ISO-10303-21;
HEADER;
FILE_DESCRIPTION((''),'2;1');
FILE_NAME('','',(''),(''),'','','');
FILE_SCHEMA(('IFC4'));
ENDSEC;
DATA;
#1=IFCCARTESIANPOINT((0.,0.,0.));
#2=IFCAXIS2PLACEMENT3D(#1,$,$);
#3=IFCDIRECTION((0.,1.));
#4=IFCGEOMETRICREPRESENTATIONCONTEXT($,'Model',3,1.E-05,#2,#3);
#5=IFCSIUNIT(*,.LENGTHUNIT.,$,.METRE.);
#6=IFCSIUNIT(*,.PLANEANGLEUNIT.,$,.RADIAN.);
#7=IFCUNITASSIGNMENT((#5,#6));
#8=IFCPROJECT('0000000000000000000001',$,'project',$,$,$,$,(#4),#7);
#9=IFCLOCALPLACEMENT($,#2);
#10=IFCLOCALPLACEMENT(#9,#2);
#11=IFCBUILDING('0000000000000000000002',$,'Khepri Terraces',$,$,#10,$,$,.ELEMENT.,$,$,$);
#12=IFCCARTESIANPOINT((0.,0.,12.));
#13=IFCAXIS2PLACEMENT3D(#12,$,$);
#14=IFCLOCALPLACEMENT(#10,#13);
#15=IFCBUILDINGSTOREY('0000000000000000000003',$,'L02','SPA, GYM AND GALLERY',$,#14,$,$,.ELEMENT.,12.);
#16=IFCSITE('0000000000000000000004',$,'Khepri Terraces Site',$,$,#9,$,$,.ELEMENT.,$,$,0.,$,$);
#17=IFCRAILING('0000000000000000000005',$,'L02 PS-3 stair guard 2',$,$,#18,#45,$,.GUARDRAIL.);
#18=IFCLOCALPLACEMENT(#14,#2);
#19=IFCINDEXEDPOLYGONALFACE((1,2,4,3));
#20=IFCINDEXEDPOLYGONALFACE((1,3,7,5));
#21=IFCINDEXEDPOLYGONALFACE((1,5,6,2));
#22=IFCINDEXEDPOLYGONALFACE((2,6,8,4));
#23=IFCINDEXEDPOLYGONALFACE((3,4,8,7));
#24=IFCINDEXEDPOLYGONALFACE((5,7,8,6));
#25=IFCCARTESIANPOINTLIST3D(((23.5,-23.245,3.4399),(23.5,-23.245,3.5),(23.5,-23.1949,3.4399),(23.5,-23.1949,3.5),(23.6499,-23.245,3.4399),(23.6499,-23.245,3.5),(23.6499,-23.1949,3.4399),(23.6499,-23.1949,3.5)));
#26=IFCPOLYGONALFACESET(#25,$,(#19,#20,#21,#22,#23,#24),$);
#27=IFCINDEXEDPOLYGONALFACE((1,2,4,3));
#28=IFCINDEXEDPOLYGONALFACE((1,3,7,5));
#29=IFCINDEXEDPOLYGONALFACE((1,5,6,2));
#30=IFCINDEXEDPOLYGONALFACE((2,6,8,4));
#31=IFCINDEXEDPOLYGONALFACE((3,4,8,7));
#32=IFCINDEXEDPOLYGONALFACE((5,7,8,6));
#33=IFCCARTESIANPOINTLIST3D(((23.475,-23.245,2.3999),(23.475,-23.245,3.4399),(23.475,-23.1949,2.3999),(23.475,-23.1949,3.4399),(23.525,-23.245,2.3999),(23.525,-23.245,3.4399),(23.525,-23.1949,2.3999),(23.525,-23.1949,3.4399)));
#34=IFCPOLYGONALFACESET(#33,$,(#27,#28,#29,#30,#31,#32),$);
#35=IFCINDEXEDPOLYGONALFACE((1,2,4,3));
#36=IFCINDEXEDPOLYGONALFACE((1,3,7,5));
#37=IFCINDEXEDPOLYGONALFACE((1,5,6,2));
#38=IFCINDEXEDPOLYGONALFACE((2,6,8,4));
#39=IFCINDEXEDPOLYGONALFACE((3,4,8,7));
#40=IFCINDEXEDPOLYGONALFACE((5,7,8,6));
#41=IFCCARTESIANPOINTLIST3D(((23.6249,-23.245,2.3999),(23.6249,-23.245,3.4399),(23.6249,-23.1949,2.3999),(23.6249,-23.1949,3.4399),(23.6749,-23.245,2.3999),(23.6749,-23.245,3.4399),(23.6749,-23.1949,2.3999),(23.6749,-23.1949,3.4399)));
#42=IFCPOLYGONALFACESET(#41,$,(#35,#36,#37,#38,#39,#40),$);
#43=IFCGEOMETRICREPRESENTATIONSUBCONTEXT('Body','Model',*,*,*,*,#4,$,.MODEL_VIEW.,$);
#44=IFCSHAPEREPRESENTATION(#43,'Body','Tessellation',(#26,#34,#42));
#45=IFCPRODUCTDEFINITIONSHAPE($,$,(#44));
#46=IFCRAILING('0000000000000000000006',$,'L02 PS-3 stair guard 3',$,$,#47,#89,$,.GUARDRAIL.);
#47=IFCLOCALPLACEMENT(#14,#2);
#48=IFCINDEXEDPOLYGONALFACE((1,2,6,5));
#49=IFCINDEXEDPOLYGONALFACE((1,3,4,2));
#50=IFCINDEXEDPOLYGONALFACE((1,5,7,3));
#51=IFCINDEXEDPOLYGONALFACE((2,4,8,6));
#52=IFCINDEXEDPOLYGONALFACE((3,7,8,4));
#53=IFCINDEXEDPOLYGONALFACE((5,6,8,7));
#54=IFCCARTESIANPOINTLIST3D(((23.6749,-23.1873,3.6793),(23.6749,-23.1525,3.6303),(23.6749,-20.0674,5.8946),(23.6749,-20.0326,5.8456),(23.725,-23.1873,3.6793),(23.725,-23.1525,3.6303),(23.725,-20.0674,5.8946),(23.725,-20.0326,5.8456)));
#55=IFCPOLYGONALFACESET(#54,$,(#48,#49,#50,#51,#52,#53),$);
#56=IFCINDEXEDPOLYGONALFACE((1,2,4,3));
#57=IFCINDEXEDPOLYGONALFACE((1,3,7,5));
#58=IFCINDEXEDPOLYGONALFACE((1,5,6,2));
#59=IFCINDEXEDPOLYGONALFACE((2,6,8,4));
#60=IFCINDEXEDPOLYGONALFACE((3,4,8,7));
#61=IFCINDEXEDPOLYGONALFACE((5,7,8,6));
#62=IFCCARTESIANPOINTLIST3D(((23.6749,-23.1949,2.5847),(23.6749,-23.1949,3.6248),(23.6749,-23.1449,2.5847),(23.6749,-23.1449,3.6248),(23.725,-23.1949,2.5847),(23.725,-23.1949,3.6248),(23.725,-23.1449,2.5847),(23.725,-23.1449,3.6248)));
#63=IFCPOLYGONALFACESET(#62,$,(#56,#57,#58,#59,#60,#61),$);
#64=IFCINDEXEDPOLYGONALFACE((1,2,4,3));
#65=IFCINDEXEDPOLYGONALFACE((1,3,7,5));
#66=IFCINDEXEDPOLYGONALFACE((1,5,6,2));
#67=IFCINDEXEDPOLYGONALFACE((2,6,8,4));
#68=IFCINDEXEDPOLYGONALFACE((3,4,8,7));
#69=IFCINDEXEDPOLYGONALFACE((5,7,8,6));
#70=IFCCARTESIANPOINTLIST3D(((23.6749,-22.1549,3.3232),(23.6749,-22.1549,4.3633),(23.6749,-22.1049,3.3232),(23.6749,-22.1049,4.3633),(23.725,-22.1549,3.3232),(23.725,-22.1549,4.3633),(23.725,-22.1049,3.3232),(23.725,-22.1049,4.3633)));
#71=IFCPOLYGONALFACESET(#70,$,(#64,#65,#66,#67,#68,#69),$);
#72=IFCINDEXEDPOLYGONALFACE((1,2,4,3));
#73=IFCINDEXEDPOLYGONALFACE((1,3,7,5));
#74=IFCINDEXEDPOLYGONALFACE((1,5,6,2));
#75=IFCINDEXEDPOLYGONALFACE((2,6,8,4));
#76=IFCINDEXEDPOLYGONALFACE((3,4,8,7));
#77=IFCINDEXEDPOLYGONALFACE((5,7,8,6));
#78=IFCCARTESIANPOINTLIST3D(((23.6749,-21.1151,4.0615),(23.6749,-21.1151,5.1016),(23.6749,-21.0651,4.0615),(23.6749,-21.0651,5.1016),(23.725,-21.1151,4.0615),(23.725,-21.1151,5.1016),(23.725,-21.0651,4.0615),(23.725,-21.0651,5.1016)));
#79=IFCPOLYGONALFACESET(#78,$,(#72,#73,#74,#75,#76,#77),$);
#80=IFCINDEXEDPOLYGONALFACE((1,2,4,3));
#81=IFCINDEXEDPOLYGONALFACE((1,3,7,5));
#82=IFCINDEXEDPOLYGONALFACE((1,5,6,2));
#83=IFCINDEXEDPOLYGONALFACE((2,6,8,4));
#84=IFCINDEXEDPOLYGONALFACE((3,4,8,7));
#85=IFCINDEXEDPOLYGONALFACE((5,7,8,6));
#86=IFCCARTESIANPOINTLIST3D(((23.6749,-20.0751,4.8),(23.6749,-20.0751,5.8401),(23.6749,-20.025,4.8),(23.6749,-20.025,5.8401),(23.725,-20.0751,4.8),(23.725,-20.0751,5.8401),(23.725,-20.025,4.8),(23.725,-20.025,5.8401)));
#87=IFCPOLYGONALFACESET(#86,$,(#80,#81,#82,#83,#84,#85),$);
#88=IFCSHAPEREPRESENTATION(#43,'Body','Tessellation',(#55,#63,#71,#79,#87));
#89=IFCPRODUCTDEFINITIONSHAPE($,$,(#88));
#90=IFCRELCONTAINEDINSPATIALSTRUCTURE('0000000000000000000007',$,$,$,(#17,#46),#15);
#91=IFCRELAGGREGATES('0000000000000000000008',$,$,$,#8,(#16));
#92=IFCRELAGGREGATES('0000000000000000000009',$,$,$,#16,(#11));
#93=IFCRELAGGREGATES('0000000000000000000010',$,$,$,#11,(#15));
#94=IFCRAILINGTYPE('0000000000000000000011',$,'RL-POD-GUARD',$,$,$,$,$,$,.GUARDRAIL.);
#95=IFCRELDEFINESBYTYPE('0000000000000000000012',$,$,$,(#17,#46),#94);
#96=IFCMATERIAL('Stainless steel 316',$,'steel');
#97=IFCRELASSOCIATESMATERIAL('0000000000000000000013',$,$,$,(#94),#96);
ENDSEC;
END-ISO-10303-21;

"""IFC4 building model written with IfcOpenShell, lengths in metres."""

from ifc_helpers import new_model, si_unit, direction, frame, origin, origin_2d, place, context, subcontext, project, spatial, rectangle, extrude, material, type_object, element, save


model = new_model("IFC4")

# Units and contexts
model_context = context("Model", 3, precision=1e-05, world=origin(), true_north=direction((0.0, 1.0)))
body_context = subcontext(model_context, "Body", "Model", "MODEL_VIEW")
ifc_project = project(units=[si_unit("LENGTHUNIT", "METRE"), si_unit("PLANEANGLEUNIT", "RADIAN")], contexts=[model_context])

# Site, building, storey
site_placement = place(None, origin())
site = spatial("IfcSite", under=ifc_project, at=site_placement, Name="Khepri Terraces Site", CompositionType="ELEMENT", RefElevation=0.0)
building_placement = place(site_placement, origin())
building = spatial("IfcBuilding", under=site, at=building_placement, Name="Khepri Terraces", CompositionType="ELEMENT")
storey_placement = place(building_placement, frame((0.0, 0.0, 12.0)))
storey = spatial("IfcBuildingStorey", under=building, at=storey_placement, Name="L02", Description="SPA, GYM AND GALLERY", CompositionType="ELEMENT", Elevation=12.0)

# Railings
ifc_material_1 = material(Name="Stainless steel 316", Category="steel")
railing_type = type_object("IfcRailingType", Name="RL-POD-GUARD", PredefinedType="GUARDRAIL", material=ifc_material_1)
railing_1_placement = place(storey_placement, frame((23.5, -23.22, 2.3999)))
element("IfcRailing", 1, at=railing_1_placement, inside=storey, type_object=railing_type, Name="L02 PS-3 stair guard 2", PredefinedType="GUARDRAIL", context=body_context, shape_type="SweptSolid", body=[
    extrude(rectangle(XDim=0.05, YDim=0.0601, at=origin_2d()), frame((0.0, 0.0, 1.0701), z_axis=(1.0, 0.0, 0.0), x_axis=(0.0, 1.0, 0.0)), (0.0, 0.0, 1.0), 0.1499),
    extrude(rectangle(XDim=0.05, YDim=0.05, at=origin_2d()), origin(), (0.0, 0.0, 1.0), 1.04),
    extrude(rectangle(XDim=0.05, YDim=0.05, at=origin_2d()), frame((0.1499, 0.0, 0.0)), (0.0, 0.0, 1.0), 1.04),
])
railing_2_placement = place(storey_placement, frame((23.7, -23.1699, 2.5847)))
element("IfcRailing", 2, at=railing_2_placement, inside=storey, type_object=railing_type, Name="L02 PS-3 stair guard 3", PredefinedType="GUARDRAIL", context=body_context, shape_type="SweptSolid", body=[
    extrude(rectangle(XDim=0.05, YDim=0.0601, at=origin_2d()), frame((0.0, 0.0, 1.0701), z_axis=(0.0, 0.815356, 0.578961), x_axis=(-1.0, 0.0, 0.0)), (0.0, 0.0, 1.0), 3.8264),
    extrude(rectangle(XDim=0.05, YDim=0.05, at=origin_2d()), origin(), (0.0, 0.0, 1.0), 1.04),
    extrude(rectangle(XDim=0.05, YDim=0.05, at=origin_2d()), frame((0.0, 1.04, 0.7385)), (0.0, 0.0, 1.0), 1.04),
    extrude(rectangle(XDim=0.05, YDim=0.05, at=origin_2d()), frame((0.0, 2.0798, 1.4768)), (0.0, 0.0, 1.0), 1.04),
    extrude(rectangle(XDim=0.05, YDim=0.05, at=origin_2d()), frame((0.0, 3.1199, 2.2153)), (0.0, 0.0, 1.0), 1.04),
])

save(model, "model.ifc")
